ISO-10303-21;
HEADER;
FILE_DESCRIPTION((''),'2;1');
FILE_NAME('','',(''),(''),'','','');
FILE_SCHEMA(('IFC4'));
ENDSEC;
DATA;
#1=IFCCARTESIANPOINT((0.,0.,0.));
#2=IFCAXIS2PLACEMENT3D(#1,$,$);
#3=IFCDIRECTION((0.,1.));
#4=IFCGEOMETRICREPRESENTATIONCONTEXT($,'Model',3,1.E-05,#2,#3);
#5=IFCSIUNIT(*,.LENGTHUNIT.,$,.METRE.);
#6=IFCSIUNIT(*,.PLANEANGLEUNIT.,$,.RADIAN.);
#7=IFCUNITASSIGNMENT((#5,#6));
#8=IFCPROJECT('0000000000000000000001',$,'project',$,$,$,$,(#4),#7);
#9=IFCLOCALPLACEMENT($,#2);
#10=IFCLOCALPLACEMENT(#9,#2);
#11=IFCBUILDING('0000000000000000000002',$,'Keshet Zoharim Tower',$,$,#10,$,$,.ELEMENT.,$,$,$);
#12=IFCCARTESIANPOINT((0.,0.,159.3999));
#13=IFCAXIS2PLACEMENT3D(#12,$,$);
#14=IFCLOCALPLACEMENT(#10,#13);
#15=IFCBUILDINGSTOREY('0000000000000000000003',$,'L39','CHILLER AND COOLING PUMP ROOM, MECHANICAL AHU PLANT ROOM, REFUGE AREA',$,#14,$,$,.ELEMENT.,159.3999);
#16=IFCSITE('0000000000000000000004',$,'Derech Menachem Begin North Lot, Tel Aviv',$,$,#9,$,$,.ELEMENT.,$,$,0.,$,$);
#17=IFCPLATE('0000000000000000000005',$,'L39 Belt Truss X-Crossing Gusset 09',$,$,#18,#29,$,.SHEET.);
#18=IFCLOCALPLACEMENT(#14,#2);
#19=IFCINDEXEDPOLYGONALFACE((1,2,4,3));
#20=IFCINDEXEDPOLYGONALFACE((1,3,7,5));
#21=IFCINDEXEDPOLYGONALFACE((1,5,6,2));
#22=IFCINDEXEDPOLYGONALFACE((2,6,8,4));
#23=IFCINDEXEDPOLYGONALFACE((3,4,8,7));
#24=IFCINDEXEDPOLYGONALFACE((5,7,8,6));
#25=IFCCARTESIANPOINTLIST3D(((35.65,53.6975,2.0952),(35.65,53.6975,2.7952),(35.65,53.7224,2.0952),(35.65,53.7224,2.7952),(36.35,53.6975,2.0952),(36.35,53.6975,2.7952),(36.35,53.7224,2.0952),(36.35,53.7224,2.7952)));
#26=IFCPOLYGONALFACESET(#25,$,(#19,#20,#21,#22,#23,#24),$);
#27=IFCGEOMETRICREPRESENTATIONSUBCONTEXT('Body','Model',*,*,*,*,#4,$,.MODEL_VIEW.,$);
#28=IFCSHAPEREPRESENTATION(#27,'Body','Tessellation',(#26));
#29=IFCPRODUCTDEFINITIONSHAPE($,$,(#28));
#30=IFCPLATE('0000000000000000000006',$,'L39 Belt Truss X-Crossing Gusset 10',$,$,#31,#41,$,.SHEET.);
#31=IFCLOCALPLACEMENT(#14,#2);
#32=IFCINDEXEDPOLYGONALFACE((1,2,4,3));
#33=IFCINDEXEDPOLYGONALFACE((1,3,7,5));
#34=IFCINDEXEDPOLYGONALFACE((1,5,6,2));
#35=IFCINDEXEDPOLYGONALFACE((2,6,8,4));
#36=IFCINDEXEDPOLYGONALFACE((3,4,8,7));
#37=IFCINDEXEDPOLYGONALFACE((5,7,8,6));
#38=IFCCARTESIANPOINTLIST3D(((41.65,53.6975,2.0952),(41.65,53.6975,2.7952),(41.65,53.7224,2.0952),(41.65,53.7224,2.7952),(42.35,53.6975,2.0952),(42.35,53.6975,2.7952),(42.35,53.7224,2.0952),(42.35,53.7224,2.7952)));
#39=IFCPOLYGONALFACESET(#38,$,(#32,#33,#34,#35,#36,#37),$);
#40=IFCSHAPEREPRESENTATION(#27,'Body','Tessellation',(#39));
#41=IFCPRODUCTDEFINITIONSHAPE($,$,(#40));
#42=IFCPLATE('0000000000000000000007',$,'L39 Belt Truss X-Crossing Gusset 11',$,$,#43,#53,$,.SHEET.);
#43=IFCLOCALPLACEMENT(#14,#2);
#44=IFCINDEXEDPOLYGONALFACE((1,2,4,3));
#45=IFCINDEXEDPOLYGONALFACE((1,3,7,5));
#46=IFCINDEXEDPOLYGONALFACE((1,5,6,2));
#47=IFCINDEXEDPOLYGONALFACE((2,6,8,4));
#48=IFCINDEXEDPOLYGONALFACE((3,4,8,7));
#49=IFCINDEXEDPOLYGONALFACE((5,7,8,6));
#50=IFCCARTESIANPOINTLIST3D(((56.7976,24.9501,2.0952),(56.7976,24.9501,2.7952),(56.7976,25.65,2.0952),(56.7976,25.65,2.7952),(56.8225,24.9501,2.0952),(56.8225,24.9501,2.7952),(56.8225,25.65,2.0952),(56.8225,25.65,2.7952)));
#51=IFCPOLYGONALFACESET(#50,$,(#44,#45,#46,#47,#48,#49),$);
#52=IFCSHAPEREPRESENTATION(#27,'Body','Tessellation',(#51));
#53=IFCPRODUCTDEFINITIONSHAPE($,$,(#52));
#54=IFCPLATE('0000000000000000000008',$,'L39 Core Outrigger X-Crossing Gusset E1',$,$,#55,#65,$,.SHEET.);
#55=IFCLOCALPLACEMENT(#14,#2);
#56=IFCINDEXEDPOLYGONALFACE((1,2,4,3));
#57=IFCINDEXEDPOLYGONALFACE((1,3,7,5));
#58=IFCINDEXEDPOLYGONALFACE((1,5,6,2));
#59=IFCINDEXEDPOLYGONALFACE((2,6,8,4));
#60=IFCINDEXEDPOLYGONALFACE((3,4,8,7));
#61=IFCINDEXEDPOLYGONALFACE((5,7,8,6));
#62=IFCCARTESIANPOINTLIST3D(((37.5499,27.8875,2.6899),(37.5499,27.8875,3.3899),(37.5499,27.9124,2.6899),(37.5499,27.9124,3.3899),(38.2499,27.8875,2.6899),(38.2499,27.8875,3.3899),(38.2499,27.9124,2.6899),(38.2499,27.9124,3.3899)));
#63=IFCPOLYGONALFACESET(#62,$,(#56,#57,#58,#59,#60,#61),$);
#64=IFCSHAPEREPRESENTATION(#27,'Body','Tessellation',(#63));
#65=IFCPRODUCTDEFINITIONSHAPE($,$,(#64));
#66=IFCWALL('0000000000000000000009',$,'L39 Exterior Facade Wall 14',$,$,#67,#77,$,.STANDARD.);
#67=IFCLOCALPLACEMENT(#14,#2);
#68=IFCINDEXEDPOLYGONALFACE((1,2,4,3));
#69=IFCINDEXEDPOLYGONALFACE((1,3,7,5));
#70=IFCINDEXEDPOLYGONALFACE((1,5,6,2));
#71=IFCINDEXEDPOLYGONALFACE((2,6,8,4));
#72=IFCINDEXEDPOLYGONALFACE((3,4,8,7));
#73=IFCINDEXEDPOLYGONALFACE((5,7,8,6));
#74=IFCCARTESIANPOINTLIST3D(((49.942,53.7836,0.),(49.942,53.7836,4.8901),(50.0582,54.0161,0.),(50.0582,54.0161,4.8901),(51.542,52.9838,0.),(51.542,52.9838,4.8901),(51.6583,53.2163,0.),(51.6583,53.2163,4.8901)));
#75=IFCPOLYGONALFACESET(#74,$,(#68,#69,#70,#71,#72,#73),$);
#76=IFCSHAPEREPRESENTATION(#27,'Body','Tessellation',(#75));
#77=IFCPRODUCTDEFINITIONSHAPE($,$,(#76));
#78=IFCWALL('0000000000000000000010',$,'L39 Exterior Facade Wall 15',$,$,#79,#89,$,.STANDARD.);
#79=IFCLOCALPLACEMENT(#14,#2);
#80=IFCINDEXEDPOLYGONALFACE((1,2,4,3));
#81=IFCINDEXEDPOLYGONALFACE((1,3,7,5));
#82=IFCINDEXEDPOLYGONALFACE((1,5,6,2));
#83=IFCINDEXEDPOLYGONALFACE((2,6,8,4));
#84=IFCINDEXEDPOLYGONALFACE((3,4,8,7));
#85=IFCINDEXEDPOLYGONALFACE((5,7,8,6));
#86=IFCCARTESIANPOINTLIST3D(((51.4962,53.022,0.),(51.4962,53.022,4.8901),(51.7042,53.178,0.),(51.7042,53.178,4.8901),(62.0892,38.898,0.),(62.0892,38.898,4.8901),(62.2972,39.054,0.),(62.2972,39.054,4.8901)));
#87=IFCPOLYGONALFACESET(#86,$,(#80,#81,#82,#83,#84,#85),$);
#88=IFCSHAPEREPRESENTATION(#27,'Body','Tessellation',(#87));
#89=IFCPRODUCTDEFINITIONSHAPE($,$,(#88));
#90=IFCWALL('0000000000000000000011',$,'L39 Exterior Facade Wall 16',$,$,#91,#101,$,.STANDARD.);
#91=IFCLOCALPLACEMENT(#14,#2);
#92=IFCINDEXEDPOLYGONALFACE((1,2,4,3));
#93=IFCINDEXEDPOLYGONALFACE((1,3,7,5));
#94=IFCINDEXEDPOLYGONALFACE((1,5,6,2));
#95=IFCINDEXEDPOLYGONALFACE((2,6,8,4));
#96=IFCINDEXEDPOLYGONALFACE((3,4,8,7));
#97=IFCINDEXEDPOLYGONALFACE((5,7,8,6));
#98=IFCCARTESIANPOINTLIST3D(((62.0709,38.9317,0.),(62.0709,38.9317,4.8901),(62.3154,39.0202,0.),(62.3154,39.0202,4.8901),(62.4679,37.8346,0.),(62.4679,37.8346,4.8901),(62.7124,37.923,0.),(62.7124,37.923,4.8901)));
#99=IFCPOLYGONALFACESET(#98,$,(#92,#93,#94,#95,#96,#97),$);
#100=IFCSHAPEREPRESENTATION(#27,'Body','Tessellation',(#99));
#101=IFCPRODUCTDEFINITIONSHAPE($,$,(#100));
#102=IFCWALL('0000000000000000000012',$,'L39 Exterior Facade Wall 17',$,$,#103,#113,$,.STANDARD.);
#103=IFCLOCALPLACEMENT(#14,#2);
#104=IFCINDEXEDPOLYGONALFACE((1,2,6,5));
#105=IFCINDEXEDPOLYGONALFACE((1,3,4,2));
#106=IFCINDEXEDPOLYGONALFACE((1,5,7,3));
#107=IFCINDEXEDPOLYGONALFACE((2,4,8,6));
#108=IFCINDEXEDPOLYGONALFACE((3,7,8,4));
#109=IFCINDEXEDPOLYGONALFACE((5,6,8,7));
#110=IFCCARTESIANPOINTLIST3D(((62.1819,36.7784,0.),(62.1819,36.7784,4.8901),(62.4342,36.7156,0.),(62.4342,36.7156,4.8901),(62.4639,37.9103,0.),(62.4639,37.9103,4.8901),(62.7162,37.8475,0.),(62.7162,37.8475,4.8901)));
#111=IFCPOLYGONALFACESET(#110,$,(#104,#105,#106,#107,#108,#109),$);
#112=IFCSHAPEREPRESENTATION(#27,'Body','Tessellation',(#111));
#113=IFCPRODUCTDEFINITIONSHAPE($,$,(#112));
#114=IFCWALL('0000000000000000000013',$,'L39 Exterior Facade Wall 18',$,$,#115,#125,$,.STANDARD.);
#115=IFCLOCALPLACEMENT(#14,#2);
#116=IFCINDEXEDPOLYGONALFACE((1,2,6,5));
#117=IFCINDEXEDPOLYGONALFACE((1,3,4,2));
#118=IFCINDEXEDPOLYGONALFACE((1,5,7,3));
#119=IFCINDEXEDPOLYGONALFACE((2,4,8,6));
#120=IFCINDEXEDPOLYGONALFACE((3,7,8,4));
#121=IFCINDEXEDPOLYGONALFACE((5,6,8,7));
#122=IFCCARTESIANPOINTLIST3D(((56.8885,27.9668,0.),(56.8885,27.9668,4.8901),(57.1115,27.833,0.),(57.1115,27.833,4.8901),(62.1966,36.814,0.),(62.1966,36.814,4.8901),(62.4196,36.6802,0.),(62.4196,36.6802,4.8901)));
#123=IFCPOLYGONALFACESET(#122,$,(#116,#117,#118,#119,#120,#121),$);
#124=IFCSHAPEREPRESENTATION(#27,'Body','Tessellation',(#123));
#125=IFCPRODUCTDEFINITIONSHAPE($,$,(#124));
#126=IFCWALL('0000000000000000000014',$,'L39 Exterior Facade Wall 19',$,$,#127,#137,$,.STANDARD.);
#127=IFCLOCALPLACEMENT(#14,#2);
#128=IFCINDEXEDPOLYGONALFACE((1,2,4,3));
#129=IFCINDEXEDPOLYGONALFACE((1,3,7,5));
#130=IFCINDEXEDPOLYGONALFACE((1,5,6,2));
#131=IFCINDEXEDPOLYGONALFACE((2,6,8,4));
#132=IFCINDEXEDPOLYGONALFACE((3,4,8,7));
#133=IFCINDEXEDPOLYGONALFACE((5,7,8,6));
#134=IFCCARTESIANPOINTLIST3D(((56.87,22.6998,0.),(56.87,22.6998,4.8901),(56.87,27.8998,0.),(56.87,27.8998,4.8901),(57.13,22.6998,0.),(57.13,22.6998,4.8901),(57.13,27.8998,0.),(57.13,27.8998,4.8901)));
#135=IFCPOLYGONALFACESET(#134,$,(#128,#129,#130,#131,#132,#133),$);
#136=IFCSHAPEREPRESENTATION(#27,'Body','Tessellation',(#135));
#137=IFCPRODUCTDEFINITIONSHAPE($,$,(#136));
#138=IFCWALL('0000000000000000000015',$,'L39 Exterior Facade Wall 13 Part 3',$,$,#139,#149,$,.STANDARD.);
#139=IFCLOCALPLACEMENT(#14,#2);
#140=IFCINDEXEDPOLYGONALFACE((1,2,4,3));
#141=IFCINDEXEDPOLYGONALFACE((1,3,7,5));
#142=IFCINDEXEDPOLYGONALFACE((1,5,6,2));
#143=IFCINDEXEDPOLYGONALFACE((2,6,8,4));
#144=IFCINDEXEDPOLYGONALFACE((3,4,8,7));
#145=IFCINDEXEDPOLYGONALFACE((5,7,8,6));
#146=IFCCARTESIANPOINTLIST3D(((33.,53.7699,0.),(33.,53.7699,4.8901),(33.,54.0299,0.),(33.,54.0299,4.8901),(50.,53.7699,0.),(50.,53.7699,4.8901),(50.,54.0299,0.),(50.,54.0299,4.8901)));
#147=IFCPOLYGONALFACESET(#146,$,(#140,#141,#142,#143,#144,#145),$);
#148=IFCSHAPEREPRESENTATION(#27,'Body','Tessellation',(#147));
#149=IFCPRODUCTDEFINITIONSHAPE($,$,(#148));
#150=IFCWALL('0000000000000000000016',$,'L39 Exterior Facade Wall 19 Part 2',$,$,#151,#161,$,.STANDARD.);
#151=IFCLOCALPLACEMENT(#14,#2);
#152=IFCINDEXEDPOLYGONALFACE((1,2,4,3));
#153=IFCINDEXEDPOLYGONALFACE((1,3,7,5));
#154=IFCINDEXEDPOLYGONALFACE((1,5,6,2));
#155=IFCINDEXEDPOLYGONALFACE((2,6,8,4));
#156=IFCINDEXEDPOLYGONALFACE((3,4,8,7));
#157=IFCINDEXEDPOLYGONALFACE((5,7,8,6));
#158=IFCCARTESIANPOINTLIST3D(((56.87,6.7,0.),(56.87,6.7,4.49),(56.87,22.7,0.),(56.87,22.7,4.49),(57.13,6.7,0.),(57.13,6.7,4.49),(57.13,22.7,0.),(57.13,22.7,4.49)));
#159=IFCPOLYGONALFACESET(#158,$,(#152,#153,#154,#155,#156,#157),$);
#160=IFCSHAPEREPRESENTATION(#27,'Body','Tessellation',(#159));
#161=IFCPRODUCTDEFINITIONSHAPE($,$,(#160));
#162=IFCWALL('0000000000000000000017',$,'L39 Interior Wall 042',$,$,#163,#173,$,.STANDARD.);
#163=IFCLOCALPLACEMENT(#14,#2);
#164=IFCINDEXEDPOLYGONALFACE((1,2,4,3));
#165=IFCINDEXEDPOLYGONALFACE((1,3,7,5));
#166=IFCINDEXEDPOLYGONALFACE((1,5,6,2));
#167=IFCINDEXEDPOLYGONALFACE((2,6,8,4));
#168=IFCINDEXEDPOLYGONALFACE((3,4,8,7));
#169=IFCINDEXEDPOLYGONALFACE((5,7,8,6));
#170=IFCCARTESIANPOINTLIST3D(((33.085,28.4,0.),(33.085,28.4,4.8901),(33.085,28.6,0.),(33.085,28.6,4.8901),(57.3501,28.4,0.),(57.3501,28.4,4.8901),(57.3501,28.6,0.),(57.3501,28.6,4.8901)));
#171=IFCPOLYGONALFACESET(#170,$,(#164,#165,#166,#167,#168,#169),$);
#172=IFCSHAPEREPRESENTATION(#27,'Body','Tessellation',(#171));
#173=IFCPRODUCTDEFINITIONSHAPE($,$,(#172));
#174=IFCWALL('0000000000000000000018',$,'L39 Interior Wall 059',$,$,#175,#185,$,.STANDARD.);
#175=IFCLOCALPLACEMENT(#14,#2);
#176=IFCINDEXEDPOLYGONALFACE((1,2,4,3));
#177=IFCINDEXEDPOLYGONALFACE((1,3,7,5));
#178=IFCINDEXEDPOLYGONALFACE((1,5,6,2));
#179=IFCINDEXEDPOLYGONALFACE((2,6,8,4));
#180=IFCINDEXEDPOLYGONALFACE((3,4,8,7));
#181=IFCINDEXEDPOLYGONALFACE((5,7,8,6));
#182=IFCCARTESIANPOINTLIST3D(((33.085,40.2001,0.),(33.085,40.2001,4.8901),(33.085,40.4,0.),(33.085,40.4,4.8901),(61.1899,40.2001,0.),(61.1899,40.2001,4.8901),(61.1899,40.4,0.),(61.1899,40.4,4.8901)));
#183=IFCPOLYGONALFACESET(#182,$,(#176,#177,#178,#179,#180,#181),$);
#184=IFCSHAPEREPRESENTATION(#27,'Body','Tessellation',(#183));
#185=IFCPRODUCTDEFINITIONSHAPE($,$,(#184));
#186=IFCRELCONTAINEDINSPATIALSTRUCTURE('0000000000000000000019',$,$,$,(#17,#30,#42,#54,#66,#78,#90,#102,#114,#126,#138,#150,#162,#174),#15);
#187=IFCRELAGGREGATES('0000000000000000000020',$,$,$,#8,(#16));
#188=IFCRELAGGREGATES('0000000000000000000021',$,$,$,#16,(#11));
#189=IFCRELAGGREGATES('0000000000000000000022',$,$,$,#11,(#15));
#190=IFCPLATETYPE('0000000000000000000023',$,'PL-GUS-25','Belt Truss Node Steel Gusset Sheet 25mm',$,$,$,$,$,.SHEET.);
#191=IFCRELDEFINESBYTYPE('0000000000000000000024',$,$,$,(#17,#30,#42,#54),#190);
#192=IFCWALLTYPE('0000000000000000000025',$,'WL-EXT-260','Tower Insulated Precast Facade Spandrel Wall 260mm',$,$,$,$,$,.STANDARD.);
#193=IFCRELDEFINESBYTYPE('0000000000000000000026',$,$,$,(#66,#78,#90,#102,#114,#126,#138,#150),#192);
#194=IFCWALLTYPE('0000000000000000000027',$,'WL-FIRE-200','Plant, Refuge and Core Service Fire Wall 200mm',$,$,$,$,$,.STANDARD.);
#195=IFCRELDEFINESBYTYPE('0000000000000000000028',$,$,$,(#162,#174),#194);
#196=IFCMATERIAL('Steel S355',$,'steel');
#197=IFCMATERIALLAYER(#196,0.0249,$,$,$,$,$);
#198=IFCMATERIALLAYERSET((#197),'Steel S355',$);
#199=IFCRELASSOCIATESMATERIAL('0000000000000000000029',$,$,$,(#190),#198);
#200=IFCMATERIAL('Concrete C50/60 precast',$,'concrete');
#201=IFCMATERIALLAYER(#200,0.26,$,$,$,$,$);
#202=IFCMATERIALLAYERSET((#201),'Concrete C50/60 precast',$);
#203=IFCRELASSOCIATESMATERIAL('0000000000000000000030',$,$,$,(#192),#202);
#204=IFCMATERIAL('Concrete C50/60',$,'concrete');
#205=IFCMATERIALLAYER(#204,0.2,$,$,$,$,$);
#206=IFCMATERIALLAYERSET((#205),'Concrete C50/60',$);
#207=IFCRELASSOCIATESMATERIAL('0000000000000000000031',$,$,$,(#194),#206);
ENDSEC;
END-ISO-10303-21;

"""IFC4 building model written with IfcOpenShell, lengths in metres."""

from ifc_helpers import new_model, si_unit, direction, frame, frame_2d, origin, origin_2d, place, context, subcontext, project, spatial, rectangle, extrude, material, layer, layer_set, type_object, element, save


model = new_model("IFC4")

# Units and contexts
model_context = context("Model", 3, precision=1e-05, world=origin(), true_north=direction((0.0, 1.0)))
body_context = subcontext(model_context, "Body", "Model", "MODEL_VIEW")
ifc_project = project(units=[si_unit("LENGTHUNIT", "METRE"), si_unit("PLANEANGLEUNIT", "RADIAN")], contexts=[model_context])

# Site, building, storey
site_placement = place(None, origin())
site = spatial("IfcSite", under=ifc_project, at=site_placement, Name="Derech Menachem Begin North Lot, Tel Aviv", CompositionType="ELEMENT", RefElevation=0.0)
building_placement = place(site_placement, origin())
building = spatial("IfcBuilding", under=site, at=building_placement, Name="Keshet Zoharim Tower", CompositionType="ELEMENT")
storey_placement = place(building_placement, frame((0.0, 0.0, 159.3999)))
storey = spatial("IfcBuildingStorey", under=building, at=storey_placement, Name="L39", Description="CHILLER AND COOLING PUMP ROOM, MECHANICAL AHU PLANT ROOM, REFUGE AREA", CompositionType="ELEMENT", Elevation=159.3999)

# Shared definitions
ifc_material_1 = material(Name="Steel S355", Category="steel")

# Plates
ifc_layer_1 = layer(ifc_material_1, 0.0249)
ifc_layer_set_1 = layer_set([ifc_layer_1], Name="Steel S355")
plate_type = type_object("IfcPlateType", Name="PL-GUS-25", Description="Belt Truss Node Steel Gusset Sheet 25mm", PredefinedType="SHEET", material=ifc_layer_set_1)
for number, where, z_axis, x_axis, name in (
    (1, (36.0, 53.71, 2.0952), (0.0, 0.0, 1.0), (1.0, 0.0, 0.0), "L39 Belt Truss X-Crossing Gusset 09"),
    (2, (42.0, 53.71, 2.0952), (0.0, 0.0, 1.0), (1.0, 0.0, 0.0), "L39 Belt Truss X-Crossing Gusset 10"),
    (3, (56.8101, 25.3, 2.0952), (0.0, 0.0, 1.0), (0.0, -1.0, 0.0), "L39 Belt Truss X-Crossing Gusset 11"),
    (4, (37.8999, 27.8999, 2.6899), (0.0, 0.0, 1.0), (1.0, 0.0, 0.0), "L39 Core Outrigger X-Crossing Gusset E1"),
):
    element("IfcPlate", number, at=place(storey_placement, frame(where, z_axis=z_axis, x_axis=x_axis)), inside=storey, type_object=plate_type, Name=name, PredefinedType="SHEET", context=body_context, shape_type="SweptSolid", body=[
        extrude(rectangle(XDim=0.7, YDim=0.0249, at=origin_2d()), origin(), (0.0, 0.0, 1.0), 0.7),
    ])

# Walls
ifc_material_2 = material(Name="Concrete C50/60 precast", Category="concrete")
ifc_layer_2 = layer(ifc_material_2, 0.26)
ifc_layer_set_2 = layer_set([ifc_layer_2], Name="Concrete C50/60 precast")
wall_type_1 = type_object("IfcWallType", Name="WL-EXT-260", Description="Tower Insulated Precast Facade Spandrel Wall 260mm", PredefinedType="STANDARD", material=ifc_layer_set_2)
wall_1_placement = place(storey_placement, frame((50.0, 53.8999, 0.0), z_axis=(0.0, 0.0, 1.0), x_axis=(0.894482, -0.447104, 0.0)))
element("IfcWall", 5, at=wall_1_placement, inside=storey, type_object=wall_type_1, Name="L39 Exterior Facade Wall 14", PredefinedType="STANDARD", context=body_context, shape_type="SweptSolid", body=[
    extrude(rectangle(XDim=1.7888, YDim=0.26, at=frame_2d((0.8945, 0.0))), origin(), (0.0, 0.0, 1.0), 4.8901),
])
wall_2_placement = place(storey_placement, frame((51.6001, 53.1001, 0.0), z_axis=(0.0, 0.0, 1.0), x_axis=(0.6, -0.8, 0.0)))
element("IfcWall", 6, at=wall_2_placement, inside=storey, type_object=wall_type_1, Name="L39 Exterior Facade Wall 15", PredefinedType="STANDARD", context=body_context, shape_type="SweptSolid", body=[
    extrude(rectangle(XDim=17.655, YDim=0.26, at=frame_2d((8.8276, 0.0))), origin(), (0.0, 0.0, 1.0), 4.8901),
])
wall_3_placement = place(storey_placement, frame((62.1931, 38.9761, 0.0), z_axis=(0.0, 0.0, 1.0), x_axis=(0.340231, -0.940342, 0.0)))
element("IfcWall", 7, at=wall_3_placement, inside=storey, type_object=wall_type_1, Name="L39 Exterior Facade Wall 16", PredefinedType="STANDARD", context=body_context, shape_type="SweptSolid", body=[
    extrude(rectangle(XDim=1.1667, YDim=0.26, at=frame_2d((0.5835, 0.0))), origin(), (0.0, 0.0, 1.0), 4.8901),
])
wall_4_placement = place(storey_placement, frame((62.5901, 37.8789, 0.0), z_axis=(0.0, 0.0, 1.0), x_axis=(-0.241748, -0.970339, 0.0)))
element("IfcWall", 8, at=wall_4_placement, inside=storey, type_object=wall_type_1, Name="L39 Exterior Facade Wall 17", PredefinedType="STANDARD", context=body_context, shape_type="SweptSolid", body=[
    extrude(rectangle(XDim=1.1665, YDim=0.26, at=frame_2d((0.5833, 0.0))), origin(), (0.0, 0.0, 1.0), 4.8901),
])
wall_5_placement = place(storey_placement, frame((62.3081, 36.7471, 0.0), z_axis=(0.0, 0.0, 1.0), x_axis=(-0.514482, -0.857501, 0.0)))
element("IfcWall", 9, at=wall_5_placement, inside=storey, type_object=wall_type_1, Name="L39 Exterior Facade Wall 18", PredefinedType="STANDARD", context=body_context, shape_type="SweptSolid", body=[
    extrude(rectangle(XDim=10.3174, YDim=0.26, at=frame_2d((5.1587, 0.0))), origin(), (0.0, 0.0, 1.0), 4.8901),
])
wall_6_placement = place(storey_placement, frame((57.0, 27.8999, 0.0), z_axis=(0.0, 0.0, 1.0), x_axis=(0.0, -1.0, 0.0)))
element("IfcWall", 10, at=wall_6_placement, inside=storey, type_object=wall_type_1, Name="L39 Exterior Facade Wall 19", PredefinedType="STANDARD", context=body_context, shape_type="SweptSolid", body=[
    extrude(rectangle(XDim=5.2, YDim=0.26, at=frame_2d((2.6001, 0.0))), origin(), (0.0, 0.0, 1.0), 4.8901),
])
wall_7_placement = place(storey_placement, frame((33.0, 53.8999, 0.0), z_axis=(0.0, 0.0, 1.0), x_axis=(1.0, 0.0, 0.0)))
element("IfcWall", 11, at=wall_7_placement, inside=storey, type_object=wall_type_1, Name="L39 Exterior Facade Wall 13 Part 3", PredefinedType="STANDARD", context=body_context, shape_type="SweptSolid", body=[
    extrude(rectangle(XDim=17.0, YDim=0.26, at=frame_2d((8.5, 0.0))), origin(), (0.0, 0.0, 1.0), 4.8901),
])
wall_8_placement = place(storey_placement, frame((57.0, 22.7, 0.0), z_axis=(0.0, 0.0, 1.0), x_axis=(0.0, -1.0, 0.0)))
element("IfcWall", 12, at=wall_8_placement, inside=storey, type_object=wall_type_1, Name="L39 Exterior Facade Wall 19 Part 2", PredefinedType="STANDARD", context=body_context, shape_type="SweptSolid", body=[
    extrude(rectangle(XDim=16.0, YDim=0.26, at=frame_2d((8.0, 0.0))), origin(), (0.0, 0.0, 1.0), 4.49),
])
ifc_material_3 = material(Name="Concrete C50/60", Category="concrete")
ifc_layer_3 = layer(ifc_material_3, 0.2)
ifc_layer_set_3 = layer_set([ifc_layer_3], Name="Concrete C50/60")
wall_type_2 = type_object("IfcWallType", Name="WL-FIRE-200", Description="Plant, Refuge and Core Service Fire Wall 200mm", PredefinedType="STANDARD", material=ifc_layer_set_3)
wall_9_placement = place(storey_placement, frame((33.085, 28.5, 0.0), z_axis=(0.0, 0.0, 1.0), x_axis=(1.0, 0.0, 0.0)))
element("IfcWall", 13, at=wall_9_placement, inside=storey, type_object=wall_type_2, Name="L39 Interior Wall 042", PredefinedType="STANDARD", context=body_context, shape_type="SweptSolid", body=[
    extrude(rectangle(XDim=24.2651, YDim=0.2, at=frame_2d((12.1326, 0.0))), origin(), (0.0, 0.0, 1.0), 4.8901),
])
wall_10_placement = place(storey_placement, frame((33.085, 40.3, 0.0), z_axis=(0.0, 0.0, 1.0), x_axis=(1.0, 0.0, 0.0)))
element("IfcWall", 14, at=wall_10_placement, inside=storey, type_object=wall_type_2, Name="L39 Interior Wall 059", PredefinedType="STANDARD", context=body_context, shape_type="SweptSolid", body=[
    extrude(rectangle(XDim=28.105, YDim=0.2, at=frame_2d((14.0525, 0.0))), origin(), (0.0, 0.0, 1.0), 4.8901),
])

save(model, "model.ifc")
